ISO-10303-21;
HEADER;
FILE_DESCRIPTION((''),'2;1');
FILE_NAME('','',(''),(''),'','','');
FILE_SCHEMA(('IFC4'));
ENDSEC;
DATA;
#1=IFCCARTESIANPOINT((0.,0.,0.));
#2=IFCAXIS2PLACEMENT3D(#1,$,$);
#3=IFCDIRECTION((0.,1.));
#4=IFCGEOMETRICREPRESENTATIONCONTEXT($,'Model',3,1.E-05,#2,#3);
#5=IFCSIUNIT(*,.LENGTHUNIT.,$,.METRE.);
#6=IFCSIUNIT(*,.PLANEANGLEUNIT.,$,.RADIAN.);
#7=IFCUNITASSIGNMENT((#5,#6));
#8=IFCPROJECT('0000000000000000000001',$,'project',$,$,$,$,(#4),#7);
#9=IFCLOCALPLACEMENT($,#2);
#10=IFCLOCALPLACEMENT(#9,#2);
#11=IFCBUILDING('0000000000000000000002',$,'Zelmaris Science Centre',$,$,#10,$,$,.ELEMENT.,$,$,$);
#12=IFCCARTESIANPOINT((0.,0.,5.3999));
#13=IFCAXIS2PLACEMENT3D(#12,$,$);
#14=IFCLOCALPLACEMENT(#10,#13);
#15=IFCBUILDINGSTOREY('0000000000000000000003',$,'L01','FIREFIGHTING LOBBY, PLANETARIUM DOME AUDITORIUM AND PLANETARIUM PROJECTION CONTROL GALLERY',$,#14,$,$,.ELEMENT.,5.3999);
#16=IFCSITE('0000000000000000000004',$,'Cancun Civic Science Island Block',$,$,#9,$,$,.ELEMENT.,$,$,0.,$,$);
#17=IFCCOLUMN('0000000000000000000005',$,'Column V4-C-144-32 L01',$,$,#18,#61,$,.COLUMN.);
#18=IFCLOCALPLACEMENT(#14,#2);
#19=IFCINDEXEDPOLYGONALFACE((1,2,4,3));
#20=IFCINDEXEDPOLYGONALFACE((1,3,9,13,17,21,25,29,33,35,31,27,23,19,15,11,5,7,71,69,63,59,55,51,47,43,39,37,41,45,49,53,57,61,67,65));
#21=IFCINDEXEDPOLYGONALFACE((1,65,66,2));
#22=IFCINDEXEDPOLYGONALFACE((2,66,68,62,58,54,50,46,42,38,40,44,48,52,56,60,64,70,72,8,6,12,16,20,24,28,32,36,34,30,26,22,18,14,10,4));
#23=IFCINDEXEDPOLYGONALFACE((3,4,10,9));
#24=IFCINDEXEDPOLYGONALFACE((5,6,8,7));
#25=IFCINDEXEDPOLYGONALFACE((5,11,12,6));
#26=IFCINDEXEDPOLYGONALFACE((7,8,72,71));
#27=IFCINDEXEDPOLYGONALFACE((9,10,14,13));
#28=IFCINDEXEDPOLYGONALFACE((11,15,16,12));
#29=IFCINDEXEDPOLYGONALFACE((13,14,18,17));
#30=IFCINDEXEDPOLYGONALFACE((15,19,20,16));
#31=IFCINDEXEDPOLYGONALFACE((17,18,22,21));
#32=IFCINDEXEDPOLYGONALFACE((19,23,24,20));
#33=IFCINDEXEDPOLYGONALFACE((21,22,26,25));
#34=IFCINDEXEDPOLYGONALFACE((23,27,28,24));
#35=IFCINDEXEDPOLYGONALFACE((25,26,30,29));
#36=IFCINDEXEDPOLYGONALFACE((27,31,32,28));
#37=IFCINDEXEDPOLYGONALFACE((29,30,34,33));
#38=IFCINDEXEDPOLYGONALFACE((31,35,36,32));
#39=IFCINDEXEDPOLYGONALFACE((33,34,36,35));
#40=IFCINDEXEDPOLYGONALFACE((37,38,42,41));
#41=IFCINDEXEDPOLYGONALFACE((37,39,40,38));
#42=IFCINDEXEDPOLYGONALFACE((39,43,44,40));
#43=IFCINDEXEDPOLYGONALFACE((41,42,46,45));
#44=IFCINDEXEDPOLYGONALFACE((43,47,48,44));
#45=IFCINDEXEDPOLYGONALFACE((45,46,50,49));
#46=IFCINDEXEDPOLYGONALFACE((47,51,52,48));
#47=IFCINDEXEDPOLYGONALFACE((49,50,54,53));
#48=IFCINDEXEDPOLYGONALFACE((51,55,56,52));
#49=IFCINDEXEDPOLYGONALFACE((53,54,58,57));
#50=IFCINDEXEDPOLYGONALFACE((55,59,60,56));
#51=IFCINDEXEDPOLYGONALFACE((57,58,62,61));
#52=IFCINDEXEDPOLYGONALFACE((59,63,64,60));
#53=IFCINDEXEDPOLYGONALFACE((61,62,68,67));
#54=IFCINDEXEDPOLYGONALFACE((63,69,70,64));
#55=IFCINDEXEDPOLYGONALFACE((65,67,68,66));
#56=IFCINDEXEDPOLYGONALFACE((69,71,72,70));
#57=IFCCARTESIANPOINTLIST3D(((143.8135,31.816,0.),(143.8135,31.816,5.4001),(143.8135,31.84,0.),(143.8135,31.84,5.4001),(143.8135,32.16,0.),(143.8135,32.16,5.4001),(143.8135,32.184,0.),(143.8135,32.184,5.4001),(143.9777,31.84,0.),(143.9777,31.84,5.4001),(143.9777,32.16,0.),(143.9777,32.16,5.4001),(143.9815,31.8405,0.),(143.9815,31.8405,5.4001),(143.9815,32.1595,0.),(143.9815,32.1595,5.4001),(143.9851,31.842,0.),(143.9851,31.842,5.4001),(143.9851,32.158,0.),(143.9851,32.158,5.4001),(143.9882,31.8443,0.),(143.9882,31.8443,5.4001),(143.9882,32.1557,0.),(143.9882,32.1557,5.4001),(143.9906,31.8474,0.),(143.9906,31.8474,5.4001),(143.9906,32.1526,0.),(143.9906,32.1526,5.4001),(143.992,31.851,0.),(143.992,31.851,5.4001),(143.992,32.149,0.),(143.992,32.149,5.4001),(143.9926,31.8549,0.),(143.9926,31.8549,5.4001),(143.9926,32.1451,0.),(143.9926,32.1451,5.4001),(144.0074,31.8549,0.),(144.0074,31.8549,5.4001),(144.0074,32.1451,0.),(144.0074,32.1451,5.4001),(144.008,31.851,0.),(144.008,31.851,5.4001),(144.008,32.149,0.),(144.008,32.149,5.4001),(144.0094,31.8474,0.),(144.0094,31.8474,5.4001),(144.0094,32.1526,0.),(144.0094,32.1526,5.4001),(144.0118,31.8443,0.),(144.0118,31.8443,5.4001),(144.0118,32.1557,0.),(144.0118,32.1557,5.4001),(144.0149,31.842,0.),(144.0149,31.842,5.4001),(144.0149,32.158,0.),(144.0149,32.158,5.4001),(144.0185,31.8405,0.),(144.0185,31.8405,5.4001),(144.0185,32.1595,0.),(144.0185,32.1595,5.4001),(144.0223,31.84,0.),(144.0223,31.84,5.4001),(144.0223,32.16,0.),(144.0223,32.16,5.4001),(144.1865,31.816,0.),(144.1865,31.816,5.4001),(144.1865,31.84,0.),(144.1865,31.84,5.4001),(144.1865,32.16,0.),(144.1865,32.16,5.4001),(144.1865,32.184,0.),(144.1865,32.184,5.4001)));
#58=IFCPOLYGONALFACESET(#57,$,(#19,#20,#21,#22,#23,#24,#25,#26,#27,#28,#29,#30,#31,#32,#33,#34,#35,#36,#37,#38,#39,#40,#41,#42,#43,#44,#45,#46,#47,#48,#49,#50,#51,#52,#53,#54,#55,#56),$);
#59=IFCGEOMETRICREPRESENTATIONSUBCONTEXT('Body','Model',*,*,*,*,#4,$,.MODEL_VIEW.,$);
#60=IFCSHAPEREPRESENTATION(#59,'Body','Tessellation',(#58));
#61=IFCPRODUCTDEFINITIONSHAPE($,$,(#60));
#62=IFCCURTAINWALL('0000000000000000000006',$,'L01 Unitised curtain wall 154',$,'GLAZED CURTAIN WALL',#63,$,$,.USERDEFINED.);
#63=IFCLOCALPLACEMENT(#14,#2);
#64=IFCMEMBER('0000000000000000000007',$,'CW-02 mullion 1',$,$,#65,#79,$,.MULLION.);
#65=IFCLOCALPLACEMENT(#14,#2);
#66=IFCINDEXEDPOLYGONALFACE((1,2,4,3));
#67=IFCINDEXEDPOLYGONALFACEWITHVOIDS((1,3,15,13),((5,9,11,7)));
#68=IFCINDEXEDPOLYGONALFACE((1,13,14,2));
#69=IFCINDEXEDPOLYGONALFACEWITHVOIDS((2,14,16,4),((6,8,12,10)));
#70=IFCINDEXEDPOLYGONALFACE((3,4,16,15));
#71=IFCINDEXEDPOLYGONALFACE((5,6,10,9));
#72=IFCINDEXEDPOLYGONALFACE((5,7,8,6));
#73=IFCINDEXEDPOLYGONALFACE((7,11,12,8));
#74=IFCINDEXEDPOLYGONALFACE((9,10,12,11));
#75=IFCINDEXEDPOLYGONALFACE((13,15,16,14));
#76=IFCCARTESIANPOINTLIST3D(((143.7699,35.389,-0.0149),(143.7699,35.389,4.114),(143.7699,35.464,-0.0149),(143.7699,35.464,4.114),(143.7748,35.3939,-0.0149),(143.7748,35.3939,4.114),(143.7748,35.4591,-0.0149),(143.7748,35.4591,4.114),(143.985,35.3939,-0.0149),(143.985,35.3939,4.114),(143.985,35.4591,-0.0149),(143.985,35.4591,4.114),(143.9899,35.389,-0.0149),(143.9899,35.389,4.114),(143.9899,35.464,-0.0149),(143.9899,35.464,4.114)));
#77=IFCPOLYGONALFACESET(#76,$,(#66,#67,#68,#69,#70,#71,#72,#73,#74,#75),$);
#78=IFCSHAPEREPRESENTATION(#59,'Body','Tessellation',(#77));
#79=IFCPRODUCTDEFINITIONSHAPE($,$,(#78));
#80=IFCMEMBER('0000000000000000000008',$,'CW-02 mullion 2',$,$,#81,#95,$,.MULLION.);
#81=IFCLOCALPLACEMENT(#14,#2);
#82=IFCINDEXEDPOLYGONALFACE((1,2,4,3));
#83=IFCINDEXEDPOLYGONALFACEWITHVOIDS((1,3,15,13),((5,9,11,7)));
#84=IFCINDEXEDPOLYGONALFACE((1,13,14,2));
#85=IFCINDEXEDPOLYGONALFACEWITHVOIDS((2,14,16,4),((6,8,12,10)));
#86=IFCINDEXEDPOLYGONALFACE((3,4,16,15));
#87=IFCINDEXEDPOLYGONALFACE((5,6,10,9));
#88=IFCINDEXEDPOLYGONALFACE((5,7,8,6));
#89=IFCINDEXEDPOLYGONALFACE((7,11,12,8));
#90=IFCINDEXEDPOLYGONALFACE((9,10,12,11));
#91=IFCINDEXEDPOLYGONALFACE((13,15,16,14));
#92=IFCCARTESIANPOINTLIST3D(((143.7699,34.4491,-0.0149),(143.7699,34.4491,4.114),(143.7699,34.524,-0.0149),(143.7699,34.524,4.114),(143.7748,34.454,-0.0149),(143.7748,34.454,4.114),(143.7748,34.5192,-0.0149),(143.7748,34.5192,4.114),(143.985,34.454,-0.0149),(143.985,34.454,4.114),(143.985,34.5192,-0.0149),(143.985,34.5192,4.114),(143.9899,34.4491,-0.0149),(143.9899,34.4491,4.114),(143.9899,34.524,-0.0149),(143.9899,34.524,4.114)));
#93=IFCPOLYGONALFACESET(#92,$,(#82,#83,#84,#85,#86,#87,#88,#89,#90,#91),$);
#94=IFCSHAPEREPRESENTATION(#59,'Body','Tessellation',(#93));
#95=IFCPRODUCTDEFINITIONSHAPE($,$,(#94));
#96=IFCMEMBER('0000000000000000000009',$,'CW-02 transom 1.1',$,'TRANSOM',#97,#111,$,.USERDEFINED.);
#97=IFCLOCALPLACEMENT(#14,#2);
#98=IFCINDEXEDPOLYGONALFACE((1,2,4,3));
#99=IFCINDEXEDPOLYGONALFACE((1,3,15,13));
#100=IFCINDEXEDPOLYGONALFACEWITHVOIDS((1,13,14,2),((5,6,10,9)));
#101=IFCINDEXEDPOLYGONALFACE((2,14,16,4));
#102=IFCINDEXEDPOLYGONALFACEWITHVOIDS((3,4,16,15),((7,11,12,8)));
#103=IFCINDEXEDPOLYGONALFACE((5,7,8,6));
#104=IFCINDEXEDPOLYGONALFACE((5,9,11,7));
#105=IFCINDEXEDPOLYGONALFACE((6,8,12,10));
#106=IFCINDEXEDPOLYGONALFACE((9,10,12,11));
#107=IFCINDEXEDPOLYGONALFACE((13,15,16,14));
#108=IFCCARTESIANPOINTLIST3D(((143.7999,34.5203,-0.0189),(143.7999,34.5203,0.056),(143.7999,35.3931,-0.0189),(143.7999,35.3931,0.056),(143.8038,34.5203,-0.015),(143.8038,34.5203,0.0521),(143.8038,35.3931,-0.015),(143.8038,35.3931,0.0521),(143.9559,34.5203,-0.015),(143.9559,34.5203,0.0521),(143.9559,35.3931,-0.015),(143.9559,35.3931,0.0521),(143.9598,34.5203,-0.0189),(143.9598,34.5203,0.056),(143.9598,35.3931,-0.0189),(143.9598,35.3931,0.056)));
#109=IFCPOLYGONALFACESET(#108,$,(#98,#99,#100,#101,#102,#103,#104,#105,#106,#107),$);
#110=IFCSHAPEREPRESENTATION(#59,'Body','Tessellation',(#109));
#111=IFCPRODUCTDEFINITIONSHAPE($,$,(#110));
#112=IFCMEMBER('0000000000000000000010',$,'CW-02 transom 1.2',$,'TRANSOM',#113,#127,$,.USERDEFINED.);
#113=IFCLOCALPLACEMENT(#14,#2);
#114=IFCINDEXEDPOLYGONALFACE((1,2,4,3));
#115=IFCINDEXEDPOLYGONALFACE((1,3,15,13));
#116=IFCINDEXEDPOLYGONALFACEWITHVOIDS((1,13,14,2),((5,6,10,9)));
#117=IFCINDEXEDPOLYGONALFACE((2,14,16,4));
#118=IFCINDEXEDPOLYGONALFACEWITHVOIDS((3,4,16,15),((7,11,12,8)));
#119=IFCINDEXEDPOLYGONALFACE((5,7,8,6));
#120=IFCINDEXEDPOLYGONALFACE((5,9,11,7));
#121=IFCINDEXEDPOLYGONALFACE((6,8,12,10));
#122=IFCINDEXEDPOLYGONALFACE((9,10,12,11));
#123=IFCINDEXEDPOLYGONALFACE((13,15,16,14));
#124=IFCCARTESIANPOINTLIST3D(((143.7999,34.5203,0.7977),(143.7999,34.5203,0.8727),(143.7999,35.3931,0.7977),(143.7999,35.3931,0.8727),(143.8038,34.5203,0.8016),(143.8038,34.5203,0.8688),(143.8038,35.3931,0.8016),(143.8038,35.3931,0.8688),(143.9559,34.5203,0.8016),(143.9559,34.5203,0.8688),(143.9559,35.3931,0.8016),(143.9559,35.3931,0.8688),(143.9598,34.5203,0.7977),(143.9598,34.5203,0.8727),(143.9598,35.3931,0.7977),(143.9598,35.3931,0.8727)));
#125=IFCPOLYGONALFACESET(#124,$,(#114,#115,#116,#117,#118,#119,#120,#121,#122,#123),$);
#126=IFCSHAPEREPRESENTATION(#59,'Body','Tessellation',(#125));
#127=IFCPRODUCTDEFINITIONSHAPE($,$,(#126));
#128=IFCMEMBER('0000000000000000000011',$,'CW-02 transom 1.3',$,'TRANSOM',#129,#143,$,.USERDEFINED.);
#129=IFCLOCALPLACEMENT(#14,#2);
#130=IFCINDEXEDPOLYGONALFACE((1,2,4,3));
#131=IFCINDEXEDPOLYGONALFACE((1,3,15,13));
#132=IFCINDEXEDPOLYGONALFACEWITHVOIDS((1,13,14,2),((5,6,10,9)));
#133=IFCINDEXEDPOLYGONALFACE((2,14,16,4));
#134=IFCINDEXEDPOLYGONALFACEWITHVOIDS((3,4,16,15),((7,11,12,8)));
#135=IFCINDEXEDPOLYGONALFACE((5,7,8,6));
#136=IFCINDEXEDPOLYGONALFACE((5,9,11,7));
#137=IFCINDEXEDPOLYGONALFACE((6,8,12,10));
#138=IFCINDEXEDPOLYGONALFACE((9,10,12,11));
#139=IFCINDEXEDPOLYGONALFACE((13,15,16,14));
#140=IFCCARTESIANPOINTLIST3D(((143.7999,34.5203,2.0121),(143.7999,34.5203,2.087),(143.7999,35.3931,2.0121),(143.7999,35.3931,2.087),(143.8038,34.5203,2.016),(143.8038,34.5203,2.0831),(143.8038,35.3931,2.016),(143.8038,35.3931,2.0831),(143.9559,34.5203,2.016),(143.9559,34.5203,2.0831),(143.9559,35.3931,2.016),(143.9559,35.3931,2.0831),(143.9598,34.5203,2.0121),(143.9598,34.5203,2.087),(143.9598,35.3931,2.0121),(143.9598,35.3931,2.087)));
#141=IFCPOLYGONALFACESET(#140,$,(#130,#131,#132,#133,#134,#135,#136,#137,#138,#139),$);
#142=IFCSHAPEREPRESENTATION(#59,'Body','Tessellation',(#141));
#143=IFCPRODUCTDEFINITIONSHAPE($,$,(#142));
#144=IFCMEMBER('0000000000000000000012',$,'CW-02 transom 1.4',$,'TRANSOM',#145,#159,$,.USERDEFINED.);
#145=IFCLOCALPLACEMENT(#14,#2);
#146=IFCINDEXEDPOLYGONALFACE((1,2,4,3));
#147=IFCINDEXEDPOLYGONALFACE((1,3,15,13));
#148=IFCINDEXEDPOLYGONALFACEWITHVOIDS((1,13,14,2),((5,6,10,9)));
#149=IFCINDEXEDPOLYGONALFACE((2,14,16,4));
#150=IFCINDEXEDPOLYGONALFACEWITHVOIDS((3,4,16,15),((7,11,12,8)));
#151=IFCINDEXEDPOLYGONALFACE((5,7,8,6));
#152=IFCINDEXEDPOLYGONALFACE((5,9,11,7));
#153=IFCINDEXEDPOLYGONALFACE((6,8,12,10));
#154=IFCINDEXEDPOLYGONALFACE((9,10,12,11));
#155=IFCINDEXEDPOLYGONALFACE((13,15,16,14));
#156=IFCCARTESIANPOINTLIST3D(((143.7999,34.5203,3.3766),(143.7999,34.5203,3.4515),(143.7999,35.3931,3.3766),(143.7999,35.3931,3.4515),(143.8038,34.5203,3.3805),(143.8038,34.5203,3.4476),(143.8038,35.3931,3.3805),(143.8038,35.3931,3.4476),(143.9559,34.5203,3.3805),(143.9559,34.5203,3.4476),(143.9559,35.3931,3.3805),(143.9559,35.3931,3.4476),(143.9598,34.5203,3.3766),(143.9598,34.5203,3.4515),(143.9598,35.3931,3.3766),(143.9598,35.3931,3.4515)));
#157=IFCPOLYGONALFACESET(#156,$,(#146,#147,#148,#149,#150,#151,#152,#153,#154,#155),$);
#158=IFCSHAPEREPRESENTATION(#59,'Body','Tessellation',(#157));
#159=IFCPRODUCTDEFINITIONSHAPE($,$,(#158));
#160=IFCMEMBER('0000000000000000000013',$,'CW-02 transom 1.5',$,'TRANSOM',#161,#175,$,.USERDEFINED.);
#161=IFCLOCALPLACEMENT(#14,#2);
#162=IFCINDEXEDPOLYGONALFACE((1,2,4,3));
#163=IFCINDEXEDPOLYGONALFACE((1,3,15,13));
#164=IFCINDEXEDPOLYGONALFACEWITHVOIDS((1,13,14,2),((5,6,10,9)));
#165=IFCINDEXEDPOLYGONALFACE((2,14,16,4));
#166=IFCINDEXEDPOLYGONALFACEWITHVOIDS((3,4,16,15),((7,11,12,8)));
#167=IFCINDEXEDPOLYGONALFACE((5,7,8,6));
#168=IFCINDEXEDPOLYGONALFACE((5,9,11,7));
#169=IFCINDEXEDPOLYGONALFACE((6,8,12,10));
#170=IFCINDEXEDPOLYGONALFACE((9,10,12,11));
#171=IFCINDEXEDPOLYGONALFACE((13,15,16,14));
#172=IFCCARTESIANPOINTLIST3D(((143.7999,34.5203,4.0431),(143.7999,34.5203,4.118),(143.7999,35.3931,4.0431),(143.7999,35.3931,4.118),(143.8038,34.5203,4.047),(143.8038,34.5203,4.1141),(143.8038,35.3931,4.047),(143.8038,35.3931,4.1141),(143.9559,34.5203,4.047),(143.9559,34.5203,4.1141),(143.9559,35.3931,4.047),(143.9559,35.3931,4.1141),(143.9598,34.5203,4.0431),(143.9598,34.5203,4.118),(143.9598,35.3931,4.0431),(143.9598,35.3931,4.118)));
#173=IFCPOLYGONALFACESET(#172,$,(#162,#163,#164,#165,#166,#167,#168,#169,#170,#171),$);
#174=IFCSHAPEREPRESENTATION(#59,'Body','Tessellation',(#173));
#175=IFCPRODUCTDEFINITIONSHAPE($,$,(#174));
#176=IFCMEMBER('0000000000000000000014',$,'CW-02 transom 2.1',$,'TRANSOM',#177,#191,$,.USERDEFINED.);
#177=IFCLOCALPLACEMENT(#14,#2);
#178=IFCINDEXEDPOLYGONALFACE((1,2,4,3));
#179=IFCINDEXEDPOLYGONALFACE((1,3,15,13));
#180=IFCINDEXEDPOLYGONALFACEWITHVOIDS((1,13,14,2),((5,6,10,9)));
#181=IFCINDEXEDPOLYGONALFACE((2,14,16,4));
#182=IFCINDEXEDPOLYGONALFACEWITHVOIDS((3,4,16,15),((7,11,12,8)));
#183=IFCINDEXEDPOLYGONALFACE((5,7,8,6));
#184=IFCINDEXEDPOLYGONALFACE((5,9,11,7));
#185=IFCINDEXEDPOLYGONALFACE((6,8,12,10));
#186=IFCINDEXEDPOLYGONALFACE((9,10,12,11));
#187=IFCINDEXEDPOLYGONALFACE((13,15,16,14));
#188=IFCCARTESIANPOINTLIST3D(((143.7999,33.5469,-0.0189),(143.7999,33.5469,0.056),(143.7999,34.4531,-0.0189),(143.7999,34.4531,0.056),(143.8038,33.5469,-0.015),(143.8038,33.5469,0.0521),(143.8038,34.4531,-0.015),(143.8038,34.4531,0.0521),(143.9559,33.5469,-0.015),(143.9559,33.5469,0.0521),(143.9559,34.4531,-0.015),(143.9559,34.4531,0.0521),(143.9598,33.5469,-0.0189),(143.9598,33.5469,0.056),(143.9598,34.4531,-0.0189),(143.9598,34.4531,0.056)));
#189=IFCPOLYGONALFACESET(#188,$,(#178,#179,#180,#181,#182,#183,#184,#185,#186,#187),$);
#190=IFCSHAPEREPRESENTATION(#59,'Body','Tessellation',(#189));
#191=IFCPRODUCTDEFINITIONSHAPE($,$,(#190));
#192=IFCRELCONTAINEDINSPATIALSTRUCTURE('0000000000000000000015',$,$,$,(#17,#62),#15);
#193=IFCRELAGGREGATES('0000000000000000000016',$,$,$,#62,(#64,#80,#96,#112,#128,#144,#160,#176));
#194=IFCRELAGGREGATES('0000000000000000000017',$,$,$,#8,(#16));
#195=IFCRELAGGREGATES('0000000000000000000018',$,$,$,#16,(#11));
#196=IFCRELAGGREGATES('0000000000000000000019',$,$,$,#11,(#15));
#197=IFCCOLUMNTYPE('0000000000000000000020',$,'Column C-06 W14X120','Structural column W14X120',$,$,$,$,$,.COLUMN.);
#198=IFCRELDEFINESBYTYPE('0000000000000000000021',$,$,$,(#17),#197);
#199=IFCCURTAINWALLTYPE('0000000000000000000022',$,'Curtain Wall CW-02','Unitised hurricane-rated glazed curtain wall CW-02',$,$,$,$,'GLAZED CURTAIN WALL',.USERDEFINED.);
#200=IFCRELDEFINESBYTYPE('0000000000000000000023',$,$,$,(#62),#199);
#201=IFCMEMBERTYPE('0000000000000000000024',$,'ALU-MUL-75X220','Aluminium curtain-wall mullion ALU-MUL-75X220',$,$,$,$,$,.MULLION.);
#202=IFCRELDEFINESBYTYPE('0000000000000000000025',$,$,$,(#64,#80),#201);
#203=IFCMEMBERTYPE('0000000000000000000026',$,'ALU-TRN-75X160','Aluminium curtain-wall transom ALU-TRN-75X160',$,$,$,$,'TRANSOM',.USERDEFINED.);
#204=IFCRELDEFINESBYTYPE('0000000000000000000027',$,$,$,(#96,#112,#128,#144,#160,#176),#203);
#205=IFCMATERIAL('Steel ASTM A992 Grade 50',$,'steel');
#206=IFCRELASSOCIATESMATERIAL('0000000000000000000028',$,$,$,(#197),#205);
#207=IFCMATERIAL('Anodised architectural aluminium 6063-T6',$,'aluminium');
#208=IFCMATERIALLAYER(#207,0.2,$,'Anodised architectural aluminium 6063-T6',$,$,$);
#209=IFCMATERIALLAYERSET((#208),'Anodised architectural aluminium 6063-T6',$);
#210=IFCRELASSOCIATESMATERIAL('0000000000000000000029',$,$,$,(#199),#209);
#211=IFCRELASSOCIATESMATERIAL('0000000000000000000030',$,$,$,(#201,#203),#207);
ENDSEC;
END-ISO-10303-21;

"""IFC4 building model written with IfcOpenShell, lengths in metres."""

from ifc_helpers import new_model, si_unit, direction, frame, origin, origin_2d, place, context, subcontext, project, spatial, hollow_rectangle, i_section, extrude, material, layer, layer_set, material_profile, profile_set, type_object, element, aggregate, save


model = new_model("IFC4")

# Units and contexts
model_context = context("Model", 3, precision=1e-05, world=origin(), true_north=direction((0.0, 1.0)))
body_context = subcontext(model_context, "Body", "Model", "MODEL_VIEW")
ifc_project = project(units=[si_unit("LENGTHUNIT", "METRE"), si_unit("PLANEANGLEUNIT", "RADIAN")], contexts=[model_context])

# Site, building, storey
site_placement = place(None, origin())
site = spatial("IfcSite", under=ifc_project, at=site_placement, Name="Cancun Civic Science Island Block", CompositionType="ELEMENT", RefElevation=0.0)
building_placement = place(site_placement, origin())
building = spatial("IfcBuilding", under=site, at=building_placement, Name="Zelmaris Science Centre", CompositionType="ELEMENT")
storey_placement = place(building_placement, frame((0.0, 0.0, 5.3999)))
storey = spatial("IfcBuildingStorey", under=building, at=storey_placement, Name="L01", Description="FIREFIGHTING LOBBY, PLANETARIUM DOME AUDITORIUM AND PLANETARIUM PROJECTION CONTROL GALLERY", CompositionType="ELEMENT", Elevation=5.3999)

# Column
ifc_material_1 = material(Name="Steel ASTM A992 Grade 50", Category="steel")
ifc_material_profile_1 = material_profile(ifc_material_1, i_section(OverallWidth=0.373, OverallDepth=0.3679, WebThickness=0.0149, FlangeThickness=0.0239, FilletRadius=0.0149, at=origin_2d()), Name="W14X120")
ifc_profile_set_1 = profile_set([ifc_material_profile_1], Name="Steel ASTM A992 Grade 50")
column_type = type_object("IfcColumnType", Name="Column C-06 W14X120", Description="Structural column W14X120", PredefinedType="COLUMN", material=ifc_profile_set_1)
column_placement = place(storey_placement, frame((144.0, 32.0, 0.0), z_axis=(0.0, 0.0, 1.0), x_axis=(1.0, 0.0, 0.0)))
element("IfcColumn", 1, at=column_placement, inside=storey, type_object=column_type, Name="Column V4-C-144-32 L01", PredefinedType="COLUMN", context=body_context, shape_type="SweptSolid", body=[
    extrude(i_section(OverallWidth=0.373, OverallDepth=0.3679, WebThickness=0.0149, FlangeThickness=0.0239, FilletRadius=0.0149, at=origin_2d()), origin(), (0.0, 0.0, 1.0), 5.4001),
])

# Curtain wall, members
ifc_material_2 = material(Name="Anodised architectural aluminium 6063-T6", Category="aluminium")
ifc_layer_1 = layer(ifc_material_2, 0.2, Name="Anodised architectural aluminium 6063-T6")
ifc_layer_set_1 = layer_set([ifc_layer_1], Name="Anodised architectural aluminium 6063-T6")
curtain_wall_type = type_object("IfcCurtainWallType", Name="Curtain Wall CW-02", Description="Unitised hurricane-rated glazed curtain wall CW-02", ElementType="GLAZED CURTAIN WALL", PredefinedType="USERDEFINED", material=ifc_layer_set_1)
curtain_wall_placement = place(storey_placement, origin())
curtain_wall = element("IfcCurtainWall", 2, at=curtain_wall_placement, inside=storey, type_object=curtain_wall_type, Name="L01 Unitised curtain wall 154", ObjectType="GLAZED CURTAIN WALL", PredefinedType="USERDEFINED")
ifc_material_profile_2 = material_profile(ifc_material_2, hollow_rectangle(XDim=0.075, YDim=0.22, WallThickness=0.0049, at=origin_2d()), Name="ALU-MUL-75X220")
ifc_profile_set_2 = profile_set([ifc_material_profile_2], Name="Anodised architectural aluminium 6063-T6")
member_type_1 = type_object("IfcMemberType", Name="ALU-MUL-75X220", Description="Aluminium curtain-wall mullion ALU-MUL-75X220", PredefinedType="MULLION", material=ifc_profile_set_2)
member_1_placement = place(storey_placement, frame((143.8799, 35.4265, -0.0149), z_axis=(0.0, 0.0, 1.0), x_axis=(0.0, -1.0, 0.0)))
member_1 = element("IfcMember", 3, at=member_1_placement, type_object=member_type_1, Name="CW-02 mullion 1", PredefinedType="MULLION", context=body_context, shape_type="SweptSolid", body=[
    extrude(hollow_rectangle(XDim=0.075, YDim=0.22, WallThickness=0.0049, at=origin_2d()), origin(), (0.0, 0.0, 1.0), 4.1289),
])
member_2_placement = place(storey_placement, frame((143.8799, 34.4866, -0.0149), z_axis=(0.0, 0.0, 1.0), x_axis=(0.0, -1.0, 0.0)))
member_2 = element("IfcMember", 4, at=member_2_placement, type_object=member_type_1, Name="CW-02 mullion 2", PredefinedType="MULLION", context=body_context, shape_type="SweptSolid", body=[
    extrude(hollow_rectangle(XDim=0.075, YDim=0.22, WallThickness=0.0049, at=origin_2d()), origin(), (0.0, 0.0, 1.0), 4.1289),
])
ifc_material_profile_3 = material_profile(ifc_material_2, hollow_rectangle(XDim=0.075, YDim=0.1599, WallThickness=0.0039, at=origin_2d()), Name="ALU-TRN-75X160")
ifc_profile_set_3 = profile_set([ifc_material_profile_3], Name="Anodised architectural aluminium 6063-T6")
member_type_2 = type_object("IfcMemberType", Name="ALU-TRN-75X160", Description="Aluminium curtain-wall transom ALU-TRN-75X160", ElementType="TRANSOM", PredefinedType="USERDEFINED", material=ifc_profile_set_3)
member_3_placement = place(storey_placement, frame((143.8799, 35.3931, 0.0186), z_axis=(0.0, -1.0, 0.0), x_axis=(0.0, 0.0, 1.0)))
member_3 = element("IfcMember", 5, at=member_3_placement, type_object=member_type_2, Name="CW-02 transom 1.1", ObjectType="TRANSOM", PredefinedType="USERDEFINED", context=body_context, shape_type="SweptSolid", body=[
    extrude(hollow_rectangle(XDim=0.075, YDim=0.1599, WallThickness=0.0039, at=origin_2d()), origin(), (0.0, 0.0, 1.0), 0.8728),
])
member_4_placement = place(storey_placement, frame((143.8799, 35.3931, 0.8352), z_axis=(0.0, -1.0, 0.0), x_axis=(0.0, 0.0, 1.0)))
member_4 = element("IfcMember", 6, at=member_4_placement, type_object=member_type_2, Name="CW-02 transom 1.2", ObjectType="TRANSOM", PredefinedType="USERDEFINED", context=body_context, shape_type="SweptSolid", body=[
    extrude(hollow_rectangle(XDim=0.075, YDim=0.1599, WallThickness=0.0039, at=origin_2d()), origin(), (0.0, 0.0, 1.0), 0.8728),
])
member_5_placement = place(storey_placement, frame((143.8799, 35.3931, 2.0496), z_axis=(0.0, -1.0, 0.0), x_axis=(0.0, 0.0, 1.0)))
member_5 = element("IfcMember", 7, at=member_5_placement, type_object=member_type_2, Name="CW-02 transom 1.3", ObjectType="TRANSOM", PredefinedType="USERDEFINED", context=body_context, shape_type="SweptSolid", body=[
    extrude(hollow_rectangle(XDim=0.075, YDim=0.1599, WallThickness=0.0039, at=origin_2d()), origin(), (0.0, 0.0, 1.0), 0.8728),
])
member_6_placement = place(storey_placement, frame((143.8799, 35.3931, 3.4141), z_axis=(0.0, -1.0, 0.0), x_axis=(0.0, 0.0, 1.0)))
member_6 = element("IfcMember", 8, at=member_6_placement, type_object=member_type_2, Name="CW-02 transom 1.4", ObjectType="TRANSOM", PredefinedType="USERDEFINED", context=body_context, shape_type="SweptSolid", body=[
    extrude(hollow_rectangle(XDim=0.075, YDim=0.1599, WallThickness=0.0039, at=origin_2d()), origin(), (0.0, 0.0, 1.0), 0.8728),
])
member_7_placement = place(storey_placement, frame((143.8799, 35.3931, 4.0806), z_axis=(0.0, -1.0, 0.0), x_axis=(0.0, 0.0, 1.0)))
member_7 = element("IfcMember", 9, at=member_7_placement, type_object=member_type_2, Name="CW-02 transom 1.5", ObjectType="TRANSOM", PredefinedType="USERDEFINED", context=body_context, shape_type="SweptSolid", body=[
    extrude(hollow_rectangle(XDim=0.075, YDim=0.1599, WallThickness=0.0039, at=origin_2d()), origin(), (0.0, 0.0, 1.0), 0.8728),
])
member_8_placement = place(storey_placement, frame((143.8799, 34.4531, 0.0186), z_axis=(0.0, -1.0, 0.0), x_axis=(0.0, 0.0, 1.0)))
member_8 = element("IfcMember", 10, at=member_8_placement, type_object=member_type_2, Name="CW-02 transom 2.1", ObjectType="TRANSOM", PredefinedType="USERDEFINED", context=body_context, shape_type="SweptSolid", body=[
    extrude(hollow_rectangle(XDim=0.075, YDim=0.1599, WallThickness=0.0039, at=origin_2d()), origin(), (0.0, 0.0, 1.0), 0.9062),
])

aggregate(curtain_wall, [member_1, member_2, member_3, member_4, member_5, member_6, member_7, member_8])

save(model, "model.ifc")
